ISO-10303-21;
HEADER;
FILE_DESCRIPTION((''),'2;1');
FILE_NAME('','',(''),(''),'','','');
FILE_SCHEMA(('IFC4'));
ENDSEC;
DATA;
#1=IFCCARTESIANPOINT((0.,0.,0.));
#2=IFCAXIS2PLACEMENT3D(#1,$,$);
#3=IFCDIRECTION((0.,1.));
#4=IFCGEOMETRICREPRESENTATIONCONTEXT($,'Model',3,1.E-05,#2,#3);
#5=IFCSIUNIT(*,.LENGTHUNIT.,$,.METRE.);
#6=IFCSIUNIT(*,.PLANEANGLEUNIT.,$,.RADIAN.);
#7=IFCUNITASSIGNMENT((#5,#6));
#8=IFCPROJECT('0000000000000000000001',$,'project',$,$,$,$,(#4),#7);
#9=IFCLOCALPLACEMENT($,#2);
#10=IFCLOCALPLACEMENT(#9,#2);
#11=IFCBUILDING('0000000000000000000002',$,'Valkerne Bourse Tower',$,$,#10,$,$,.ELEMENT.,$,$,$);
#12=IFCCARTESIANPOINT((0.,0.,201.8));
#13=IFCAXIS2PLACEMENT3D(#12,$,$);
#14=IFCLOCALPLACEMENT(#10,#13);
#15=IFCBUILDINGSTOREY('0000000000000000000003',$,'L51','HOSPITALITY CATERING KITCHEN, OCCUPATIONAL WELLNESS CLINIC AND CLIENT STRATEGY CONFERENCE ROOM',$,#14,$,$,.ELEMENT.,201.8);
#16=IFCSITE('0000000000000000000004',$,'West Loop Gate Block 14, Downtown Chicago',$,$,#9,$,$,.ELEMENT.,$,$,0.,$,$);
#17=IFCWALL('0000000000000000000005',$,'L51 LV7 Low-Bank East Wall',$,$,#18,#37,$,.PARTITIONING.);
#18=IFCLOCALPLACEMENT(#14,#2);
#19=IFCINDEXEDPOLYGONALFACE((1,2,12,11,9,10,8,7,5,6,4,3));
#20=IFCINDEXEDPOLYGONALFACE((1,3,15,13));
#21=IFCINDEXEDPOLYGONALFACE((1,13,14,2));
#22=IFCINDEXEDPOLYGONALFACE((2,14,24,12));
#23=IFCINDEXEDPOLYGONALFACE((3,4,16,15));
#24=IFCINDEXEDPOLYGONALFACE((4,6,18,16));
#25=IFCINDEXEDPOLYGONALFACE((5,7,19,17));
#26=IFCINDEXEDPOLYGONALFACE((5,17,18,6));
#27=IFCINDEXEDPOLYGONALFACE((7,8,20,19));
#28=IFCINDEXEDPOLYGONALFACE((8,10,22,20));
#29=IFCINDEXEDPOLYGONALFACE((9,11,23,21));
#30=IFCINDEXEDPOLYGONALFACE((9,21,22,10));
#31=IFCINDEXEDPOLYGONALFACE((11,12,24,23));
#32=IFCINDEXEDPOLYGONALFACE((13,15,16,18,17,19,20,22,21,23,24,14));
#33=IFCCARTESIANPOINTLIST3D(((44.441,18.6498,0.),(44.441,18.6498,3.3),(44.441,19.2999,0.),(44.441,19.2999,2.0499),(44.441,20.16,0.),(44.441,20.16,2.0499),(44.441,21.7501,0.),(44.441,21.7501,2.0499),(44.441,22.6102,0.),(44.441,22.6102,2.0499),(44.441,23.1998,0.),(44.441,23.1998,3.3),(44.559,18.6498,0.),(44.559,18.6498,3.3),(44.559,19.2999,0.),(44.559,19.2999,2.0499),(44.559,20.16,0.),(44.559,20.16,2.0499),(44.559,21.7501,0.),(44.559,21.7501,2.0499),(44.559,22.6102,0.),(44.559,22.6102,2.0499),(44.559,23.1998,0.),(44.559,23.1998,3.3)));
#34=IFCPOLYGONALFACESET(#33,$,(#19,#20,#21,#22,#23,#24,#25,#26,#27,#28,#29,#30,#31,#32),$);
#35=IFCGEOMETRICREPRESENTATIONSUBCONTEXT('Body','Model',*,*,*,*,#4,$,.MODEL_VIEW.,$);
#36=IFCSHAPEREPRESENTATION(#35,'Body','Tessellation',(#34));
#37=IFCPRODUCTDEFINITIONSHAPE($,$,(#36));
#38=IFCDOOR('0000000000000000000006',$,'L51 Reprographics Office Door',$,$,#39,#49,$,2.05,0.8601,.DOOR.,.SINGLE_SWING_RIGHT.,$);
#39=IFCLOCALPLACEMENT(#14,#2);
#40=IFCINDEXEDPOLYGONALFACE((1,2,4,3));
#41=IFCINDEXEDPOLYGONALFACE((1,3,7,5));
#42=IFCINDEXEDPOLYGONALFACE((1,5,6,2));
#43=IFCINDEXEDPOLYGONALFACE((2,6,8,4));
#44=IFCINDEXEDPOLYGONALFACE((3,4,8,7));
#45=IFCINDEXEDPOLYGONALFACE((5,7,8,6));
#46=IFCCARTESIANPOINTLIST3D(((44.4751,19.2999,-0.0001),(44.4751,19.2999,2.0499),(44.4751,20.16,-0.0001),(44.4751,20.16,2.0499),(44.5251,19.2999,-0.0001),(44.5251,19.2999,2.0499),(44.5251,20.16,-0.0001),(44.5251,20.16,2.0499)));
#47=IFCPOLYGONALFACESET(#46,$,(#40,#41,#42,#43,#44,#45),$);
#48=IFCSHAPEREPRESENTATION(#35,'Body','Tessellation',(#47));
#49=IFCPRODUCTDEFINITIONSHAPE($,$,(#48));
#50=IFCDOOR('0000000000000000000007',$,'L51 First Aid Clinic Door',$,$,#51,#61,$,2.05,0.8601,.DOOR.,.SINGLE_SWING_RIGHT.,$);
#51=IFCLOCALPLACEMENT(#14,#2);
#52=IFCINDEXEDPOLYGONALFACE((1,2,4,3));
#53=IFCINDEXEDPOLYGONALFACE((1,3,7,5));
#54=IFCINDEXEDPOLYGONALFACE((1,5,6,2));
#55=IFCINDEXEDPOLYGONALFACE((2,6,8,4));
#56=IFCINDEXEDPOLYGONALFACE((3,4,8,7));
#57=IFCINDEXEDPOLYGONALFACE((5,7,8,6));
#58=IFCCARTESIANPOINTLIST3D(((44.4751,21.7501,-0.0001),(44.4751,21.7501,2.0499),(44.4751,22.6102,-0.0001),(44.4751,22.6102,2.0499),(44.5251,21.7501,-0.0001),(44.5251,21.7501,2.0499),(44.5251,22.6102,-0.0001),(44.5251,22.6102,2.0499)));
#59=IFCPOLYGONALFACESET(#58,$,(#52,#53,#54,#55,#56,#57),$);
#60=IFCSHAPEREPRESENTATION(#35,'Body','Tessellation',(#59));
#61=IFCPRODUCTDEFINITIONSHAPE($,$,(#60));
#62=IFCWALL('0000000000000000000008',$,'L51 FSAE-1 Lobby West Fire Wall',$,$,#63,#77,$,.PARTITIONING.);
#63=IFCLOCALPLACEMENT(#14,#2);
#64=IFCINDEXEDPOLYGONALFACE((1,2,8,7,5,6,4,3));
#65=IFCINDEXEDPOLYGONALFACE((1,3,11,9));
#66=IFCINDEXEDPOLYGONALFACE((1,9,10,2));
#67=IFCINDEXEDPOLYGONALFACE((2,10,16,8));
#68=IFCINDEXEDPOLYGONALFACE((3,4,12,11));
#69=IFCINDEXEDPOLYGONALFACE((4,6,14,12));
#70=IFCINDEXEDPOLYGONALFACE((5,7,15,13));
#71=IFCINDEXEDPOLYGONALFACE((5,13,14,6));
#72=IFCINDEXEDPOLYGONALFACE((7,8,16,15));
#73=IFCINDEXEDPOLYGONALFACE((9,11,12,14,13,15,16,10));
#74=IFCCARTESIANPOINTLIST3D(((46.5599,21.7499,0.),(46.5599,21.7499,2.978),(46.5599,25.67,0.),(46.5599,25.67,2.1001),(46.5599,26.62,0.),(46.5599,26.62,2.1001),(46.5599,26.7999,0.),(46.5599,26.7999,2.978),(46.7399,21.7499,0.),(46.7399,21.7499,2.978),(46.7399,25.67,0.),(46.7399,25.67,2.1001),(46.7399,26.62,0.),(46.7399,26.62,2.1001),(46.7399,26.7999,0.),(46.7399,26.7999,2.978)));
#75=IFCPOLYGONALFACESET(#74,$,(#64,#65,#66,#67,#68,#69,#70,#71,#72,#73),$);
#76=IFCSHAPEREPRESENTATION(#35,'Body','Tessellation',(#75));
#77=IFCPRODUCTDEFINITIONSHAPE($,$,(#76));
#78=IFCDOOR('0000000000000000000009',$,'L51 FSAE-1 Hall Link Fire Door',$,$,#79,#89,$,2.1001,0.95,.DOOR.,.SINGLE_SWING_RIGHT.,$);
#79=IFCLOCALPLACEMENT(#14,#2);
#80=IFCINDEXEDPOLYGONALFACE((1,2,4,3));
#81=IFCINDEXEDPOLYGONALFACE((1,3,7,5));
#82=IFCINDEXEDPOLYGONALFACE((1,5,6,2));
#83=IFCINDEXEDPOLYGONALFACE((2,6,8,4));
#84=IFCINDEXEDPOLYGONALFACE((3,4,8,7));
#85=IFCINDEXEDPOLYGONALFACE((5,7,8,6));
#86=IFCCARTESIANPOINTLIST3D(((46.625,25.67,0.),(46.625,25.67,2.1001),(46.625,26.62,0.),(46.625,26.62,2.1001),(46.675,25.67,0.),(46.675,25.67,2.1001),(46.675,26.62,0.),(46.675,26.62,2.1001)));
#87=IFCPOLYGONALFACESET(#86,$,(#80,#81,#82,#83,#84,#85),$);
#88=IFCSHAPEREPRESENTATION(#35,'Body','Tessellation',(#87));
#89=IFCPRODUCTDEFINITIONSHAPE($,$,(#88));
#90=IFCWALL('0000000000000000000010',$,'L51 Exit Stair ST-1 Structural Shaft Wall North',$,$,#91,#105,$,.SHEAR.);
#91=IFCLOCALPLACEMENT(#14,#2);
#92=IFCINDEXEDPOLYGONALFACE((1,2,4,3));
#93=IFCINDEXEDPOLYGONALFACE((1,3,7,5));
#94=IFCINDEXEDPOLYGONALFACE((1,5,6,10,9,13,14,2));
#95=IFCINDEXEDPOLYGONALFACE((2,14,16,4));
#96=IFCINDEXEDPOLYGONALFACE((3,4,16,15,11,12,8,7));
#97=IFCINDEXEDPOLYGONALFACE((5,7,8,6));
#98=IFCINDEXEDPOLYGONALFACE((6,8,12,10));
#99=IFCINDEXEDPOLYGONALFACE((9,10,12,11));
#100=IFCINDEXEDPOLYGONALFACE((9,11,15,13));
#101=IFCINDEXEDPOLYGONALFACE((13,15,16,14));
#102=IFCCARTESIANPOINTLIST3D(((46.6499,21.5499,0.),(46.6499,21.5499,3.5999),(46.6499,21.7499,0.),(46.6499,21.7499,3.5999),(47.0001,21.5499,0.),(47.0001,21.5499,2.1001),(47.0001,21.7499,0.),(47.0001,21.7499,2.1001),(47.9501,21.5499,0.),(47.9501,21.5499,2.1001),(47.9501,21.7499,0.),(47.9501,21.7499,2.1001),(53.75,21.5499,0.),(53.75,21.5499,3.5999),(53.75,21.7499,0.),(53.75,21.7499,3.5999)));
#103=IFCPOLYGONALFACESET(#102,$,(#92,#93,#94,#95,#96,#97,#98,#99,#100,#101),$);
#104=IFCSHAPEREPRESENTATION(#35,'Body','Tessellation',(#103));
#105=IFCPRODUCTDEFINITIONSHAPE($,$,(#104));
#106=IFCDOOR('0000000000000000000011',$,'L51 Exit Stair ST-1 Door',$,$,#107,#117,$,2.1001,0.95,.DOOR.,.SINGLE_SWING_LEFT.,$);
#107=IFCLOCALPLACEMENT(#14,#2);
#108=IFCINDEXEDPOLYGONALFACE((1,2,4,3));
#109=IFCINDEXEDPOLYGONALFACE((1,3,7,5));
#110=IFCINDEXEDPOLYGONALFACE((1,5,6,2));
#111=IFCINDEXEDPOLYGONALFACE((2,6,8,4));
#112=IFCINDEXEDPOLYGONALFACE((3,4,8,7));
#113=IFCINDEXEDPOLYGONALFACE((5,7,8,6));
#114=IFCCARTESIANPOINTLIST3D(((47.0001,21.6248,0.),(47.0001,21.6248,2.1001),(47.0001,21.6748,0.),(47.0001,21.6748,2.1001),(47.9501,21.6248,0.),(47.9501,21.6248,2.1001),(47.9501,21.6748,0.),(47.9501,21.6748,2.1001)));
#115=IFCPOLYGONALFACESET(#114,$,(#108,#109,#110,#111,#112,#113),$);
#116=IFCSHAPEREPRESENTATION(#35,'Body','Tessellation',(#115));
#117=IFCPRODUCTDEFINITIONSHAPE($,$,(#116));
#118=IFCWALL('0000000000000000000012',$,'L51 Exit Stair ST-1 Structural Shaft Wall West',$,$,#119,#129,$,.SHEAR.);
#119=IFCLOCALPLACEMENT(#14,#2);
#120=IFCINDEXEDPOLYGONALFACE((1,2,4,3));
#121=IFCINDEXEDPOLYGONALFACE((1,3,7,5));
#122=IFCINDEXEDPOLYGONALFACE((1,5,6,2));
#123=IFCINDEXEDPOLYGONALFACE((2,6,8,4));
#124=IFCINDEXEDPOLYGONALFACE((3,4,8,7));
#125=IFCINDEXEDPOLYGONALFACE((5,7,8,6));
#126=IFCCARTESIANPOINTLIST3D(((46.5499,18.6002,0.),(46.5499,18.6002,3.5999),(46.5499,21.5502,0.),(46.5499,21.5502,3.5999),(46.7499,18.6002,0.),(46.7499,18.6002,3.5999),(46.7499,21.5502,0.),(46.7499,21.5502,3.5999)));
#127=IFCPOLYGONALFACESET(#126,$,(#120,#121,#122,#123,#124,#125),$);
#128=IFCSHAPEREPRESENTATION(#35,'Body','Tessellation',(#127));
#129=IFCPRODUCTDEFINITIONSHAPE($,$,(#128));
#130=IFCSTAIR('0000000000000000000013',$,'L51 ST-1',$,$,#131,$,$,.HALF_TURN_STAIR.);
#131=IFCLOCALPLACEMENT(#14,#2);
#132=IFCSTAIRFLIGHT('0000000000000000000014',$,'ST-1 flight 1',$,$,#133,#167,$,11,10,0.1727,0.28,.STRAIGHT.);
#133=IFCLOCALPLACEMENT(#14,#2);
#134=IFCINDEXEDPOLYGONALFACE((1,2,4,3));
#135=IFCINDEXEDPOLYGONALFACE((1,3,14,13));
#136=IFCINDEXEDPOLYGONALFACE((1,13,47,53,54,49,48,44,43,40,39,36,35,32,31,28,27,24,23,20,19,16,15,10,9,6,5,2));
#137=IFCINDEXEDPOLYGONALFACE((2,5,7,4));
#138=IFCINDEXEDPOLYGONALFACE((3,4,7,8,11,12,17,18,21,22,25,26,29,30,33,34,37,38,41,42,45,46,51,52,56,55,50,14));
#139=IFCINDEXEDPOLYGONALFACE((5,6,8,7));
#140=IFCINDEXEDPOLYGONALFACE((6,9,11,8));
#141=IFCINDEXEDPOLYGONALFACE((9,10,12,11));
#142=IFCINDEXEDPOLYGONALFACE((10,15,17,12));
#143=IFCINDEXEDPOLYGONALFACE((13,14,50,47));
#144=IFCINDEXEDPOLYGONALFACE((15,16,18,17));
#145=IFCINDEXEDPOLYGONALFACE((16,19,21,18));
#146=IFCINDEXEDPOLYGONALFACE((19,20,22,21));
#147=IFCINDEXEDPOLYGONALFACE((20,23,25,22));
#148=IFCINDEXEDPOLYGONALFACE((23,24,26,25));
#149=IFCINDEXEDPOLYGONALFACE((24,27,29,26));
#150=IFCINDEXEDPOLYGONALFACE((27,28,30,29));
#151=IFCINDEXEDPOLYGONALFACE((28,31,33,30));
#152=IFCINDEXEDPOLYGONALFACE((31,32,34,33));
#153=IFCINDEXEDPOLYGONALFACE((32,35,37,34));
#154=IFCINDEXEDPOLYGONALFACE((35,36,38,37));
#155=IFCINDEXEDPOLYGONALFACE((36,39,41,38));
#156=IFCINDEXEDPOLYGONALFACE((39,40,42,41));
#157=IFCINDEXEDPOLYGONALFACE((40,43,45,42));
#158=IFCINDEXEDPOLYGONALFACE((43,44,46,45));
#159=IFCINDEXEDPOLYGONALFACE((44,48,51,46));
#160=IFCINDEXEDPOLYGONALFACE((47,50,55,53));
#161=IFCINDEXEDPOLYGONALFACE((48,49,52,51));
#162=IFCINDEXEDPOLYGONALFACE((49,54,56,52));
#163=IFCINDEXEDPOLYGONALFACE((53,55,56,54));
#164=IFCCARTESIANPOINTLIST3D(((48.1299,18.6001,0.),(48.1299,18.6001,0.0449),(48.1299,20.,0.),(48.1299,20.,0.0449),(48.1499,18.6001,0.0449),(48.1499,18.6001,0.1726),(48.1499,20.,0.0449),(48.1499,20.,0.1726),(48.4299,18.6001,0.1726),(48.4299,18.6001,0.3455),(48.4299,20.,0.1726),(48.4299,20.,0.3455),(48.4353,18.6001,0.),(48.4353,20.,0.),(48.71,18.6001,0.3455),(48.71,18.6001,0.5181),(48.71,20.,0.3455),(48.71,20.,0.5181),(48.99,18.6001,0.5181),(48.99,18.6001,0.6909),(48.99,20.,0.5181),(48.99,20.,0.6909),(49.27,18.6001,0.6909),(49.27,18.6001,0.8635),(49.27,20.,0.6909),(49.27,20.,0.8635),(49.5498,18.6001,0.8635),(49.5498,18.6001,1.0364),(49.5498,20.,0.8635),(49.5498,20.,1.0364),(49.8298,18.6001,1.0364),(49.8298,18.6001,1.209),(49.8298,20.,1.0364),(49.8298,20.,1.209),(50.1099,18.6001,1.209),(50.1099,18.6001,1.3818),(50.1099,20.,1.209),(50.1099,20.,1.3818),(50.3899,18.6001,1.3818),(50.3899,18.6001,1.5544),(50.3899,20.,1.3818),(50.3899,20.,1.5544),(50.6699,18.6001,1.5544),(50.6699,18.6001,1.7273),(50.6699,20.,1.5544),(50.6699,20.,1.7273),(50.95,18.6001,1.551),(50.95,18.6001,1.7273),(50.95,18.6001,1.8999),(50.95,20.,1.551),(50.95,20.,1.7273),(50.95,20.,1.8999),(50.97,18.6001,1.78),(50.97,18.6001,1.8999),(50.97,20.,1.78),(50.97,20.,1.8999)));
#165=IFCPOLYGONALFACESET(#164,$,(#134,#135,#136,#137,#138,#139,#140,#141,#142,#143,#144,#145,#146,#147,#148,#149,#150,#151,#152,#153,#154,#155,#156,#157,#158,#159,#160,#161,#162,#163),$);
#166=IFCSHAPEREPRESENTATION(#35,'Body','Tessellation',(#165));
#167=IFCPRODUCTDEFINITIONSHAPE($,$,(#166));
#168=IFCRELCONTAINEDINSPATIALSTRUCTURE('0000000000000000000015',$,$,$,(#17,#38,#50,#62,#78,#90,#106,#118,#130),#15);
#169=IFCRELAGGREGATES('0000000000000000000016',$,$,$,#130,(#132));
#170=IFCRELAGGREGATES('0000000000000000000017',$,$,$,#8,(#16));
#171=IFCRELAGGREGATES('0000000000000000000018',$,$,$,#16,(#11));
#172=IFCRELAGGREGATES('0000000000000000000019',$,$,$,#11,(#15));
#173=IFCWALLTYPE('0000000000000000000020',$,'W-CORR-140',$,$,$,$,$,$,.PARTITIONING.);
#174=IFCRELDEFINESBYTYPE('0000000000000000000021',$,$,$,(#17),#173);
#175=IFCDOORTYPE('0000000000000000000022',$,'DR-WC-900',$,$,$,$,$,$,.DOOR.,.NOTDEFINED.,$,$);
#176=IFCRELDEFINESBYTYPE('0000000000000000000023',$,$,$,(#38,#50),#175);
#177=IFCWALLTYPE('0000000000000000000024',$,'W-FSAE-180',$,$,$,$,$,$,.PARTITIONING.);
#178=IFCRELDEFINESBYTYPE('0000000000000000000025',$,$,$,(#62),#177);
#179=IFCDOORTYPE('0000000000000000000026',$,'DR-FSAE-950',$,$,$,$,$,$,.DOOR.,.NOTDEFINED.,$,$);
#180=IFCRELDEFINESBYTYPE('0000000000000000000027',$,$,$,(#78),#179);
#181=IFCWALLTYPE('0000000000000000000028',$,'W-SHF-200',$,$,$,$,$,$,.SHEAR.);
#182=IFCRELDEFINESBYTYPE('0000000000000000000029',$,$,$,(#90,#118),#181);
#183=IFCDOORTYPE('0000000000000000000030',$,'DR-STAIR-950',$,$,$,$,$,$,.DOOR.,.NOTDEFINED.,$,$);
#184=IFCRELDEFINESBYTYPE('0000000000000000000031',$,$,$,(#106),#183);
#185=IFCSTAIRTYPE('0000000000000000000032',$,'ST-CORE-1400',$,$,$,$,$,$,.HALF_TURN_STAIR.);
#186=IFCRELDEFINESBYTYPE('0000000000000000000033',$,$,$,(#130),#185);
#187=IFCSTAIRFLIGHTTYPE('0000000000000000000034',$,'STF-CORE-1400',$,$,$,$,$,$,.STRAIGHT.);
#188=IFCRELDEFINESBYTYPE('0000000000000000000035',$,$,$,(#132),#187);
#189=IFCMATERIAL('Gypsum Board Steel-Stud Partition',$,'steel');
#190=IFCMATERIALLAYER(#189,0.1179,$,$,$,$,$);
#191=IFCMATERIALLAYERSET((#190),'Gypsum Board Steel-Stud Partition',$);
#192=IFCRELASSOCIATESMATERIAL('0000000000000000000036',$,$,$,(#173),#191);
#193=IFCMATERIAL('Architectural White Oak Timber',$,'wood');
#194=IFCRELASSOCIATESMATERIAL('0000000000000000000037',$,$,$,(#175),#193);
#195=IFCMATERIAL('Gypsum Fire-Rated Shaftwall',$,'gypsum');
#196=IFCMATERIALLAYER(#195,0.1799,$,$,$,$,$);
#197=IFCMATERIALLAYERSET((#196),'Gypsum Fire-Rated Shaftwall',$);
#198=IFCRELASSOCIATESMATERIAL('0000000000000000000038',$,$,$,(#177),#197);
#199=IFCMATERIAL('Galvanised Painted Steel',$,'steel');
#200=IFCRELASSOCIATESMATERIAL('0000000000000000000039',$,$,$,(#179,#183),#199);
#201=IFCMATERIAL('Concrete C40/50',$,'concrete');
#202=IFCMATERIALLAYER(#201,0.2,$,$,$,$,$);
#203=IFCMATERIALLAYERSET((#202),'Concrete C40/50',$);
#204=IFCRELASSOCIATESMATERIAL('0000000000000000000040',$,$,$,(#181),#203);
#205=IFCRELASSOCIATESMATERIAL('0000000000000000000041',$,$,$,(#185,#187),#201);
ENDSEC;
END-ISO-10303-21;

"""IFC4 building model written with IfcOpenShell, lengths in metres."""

from ifc_helpers import new_model, si_unit, direction, frame, frame_2d, origin, place, context, subcontext, project, spatial, polyline, rectangle, outline, extrude, material, layer, layer_set, type_object, element, fill, aggregate, save


model = new_model("IFC4")

# Units and contexts
model_context = context("Model", 3, precision=1e-05, world=origin(), true_north=direction((0.0, 1.0)))
body_context = subcontext(model_context, "Body", "Model", "MODEL_VIEW")
ifc_project = project(units=[si_unit("LENGTHUNIT", "METRE"), si_unit("PLANEANGLEUNIT", "RADIAN")], contexts=[model_context])

# Site, building, storey
site_placement = place(None, origin())
site = spatial("IfcSite", under=ifc_project, at=site_placement, Name="West Loop Gate Block 14, Downtown Chicago", CompositionType="ELEMENT", RefElevation=0.0)
building_placement = place(site_placement, origin())
building = spatial("IfcBuilding", under=site, at=building_placement, Name="Valkerne Bourse Tower", CompositionType="ELEMENT")
storey_placement = place(building_placement, frame((0.0, 0.0, 201.8)))
storey = spatial("IfcBuildingStorey", under=building, at=storey_placement, Name="L51", Description="HOSPITALITY CATERING KITCHEN, OCCUPATIONAL WELLNESS CLINIC AND CLIENT STRATEGY CONFERENCE ROOM", CompositionType="ELEMENT", Elevation=201.8)

# Wall, openings, doors
ifc_material_1 = material(Name="Gypsum Board Steel-Stud Partition", Category="steel")
ifc_layer_1 = layer(ifc_material_1, 0.1179)
ifc_layer_set_1 = layer_set([ifc_layer_1], Name="Gypsum Board Steel-Stud Partition")
wall_type_1 = type_object("IfcWallType", Name="W-CORR-140", PredefinedType="PARTITIONING", material=ifc_layer_set_1)
wall_1_placement = place(storey_placement, frame((44.5, 18.6499, 0.0), z_axis=(0.0, 0.0, 1.0), x_axis=(0.0, 1.0, 0.0)))
wall_1 = element("IfcWall", 1, at=wall_1_placement, inside=storey, type_object=wall_type_1, Name="L51 LV7 Low-Bank East Wall", PredefinedType="PARTITIONING", context=body_context, shape_type="SweptSolid", body=[
    extrude(rectangle(XDim=4.55, YDim=0.1179, at=frame_2d((2.2749, 0.0))), origin(), (0.0, 0.0, 1.0), 3.3),
])
opening_1_placement = place(wall_1_placement, frame((0.6499, 0.0, 0.0)))
opening_1 = element("IfcOpeningElement", 2, at=opening_1_placement, cuts=wall_1, PredefinedType="OPENING", context=body_context, shape_type="SweptSolid", body=[
    extrude(rectangle(XDim=0.8601, YDim=2.05, at=frame_2d((0.4302, 1.0249))), frame((0.0, 0.0688, 0.0), z_axis=(0.0, -1.0, 0.0), x_axis=(1.0, 0.0, 0.0)), (0.0, 0.0, 1.0), 0.1379),
])
opening_2_placement = place(wall_1_placement, frame((3.1001, 0.0, 0.0)))
opening_2 = element("IfcOpeningElement", 3, at=opening_2_placement, cuts=wall_1, PredefinedType="OPENING", context=body_context, shape_type="SweptSolid", body=[
    extrude(rectangle(XDim=0.8601, YDim=2.05, at=frame_2d((0.4302, 1.0249))), frame((0.0, 0.0688, 0.0), z_axis=(0.0, -1.0, 0.0), x_axis=(1.0, 0.0, 0.0)), (0.0, 0.0, 1.0), 0.1379),
])
ifc_material_2 = material(Name="Architectural White Oak Timber", Category="wood")
door_type_1 = type_object("IfcDoorType", Name="DR-WC-900", OperationType="NOTDEFINED", PredefinedType="DOOR", material=ifc_material_2)
door_1_placement = place(opening_1_placement, origin())
door_1 = element("IfcDoor", 4, at=door_1_placement, inside=storey, type_object=door_type_1, Name="L51 Reprographics Office Door", OperationType="SINGLE_SWING_RIGHT", OverallHeight=2.05, OverallWidth=0.8601, PredefinedType="DOOR", context=body_context, shape_type="SweptSolid", body=[
    extrude(rectangle(XDim=0.8601, YDim=2.05, at=frame_2d((0.4302, 1.0249))), frame((0.0, 0.0249, 0.0), z_axis=(0.0, -1.0, 0.0), x_axis=(1.0, 0.0, 0.0)), (0.0, 0.0, 1.0), 0.05),
])
fill(opening_1, door_1)
door_2_placement = place(opening_2_placement, origin())
door_2 = element("IfcDoor", 5, at=door_2_placement, inside=storey, type_object=door_type_1, Name="L51 First Aid Clinic Door", OperationType="SINGLE_SWING_RIGHT", OverallHeight=2.05, OverallWidth=0.8601, PredefinedType="DOOR", context=body_context, shape_type="SweptSolid", body=[
    extrude(rectangle(XDim=0.8601, YDim=2.05, at=frame_2d((0.4302, 1.0249))), frame((0.0, 0.0249, 0.0), z_axis=(0.0, -1.0, 0.0), x_axis=(1.0, 0.0, 0.0)), (0.0, 0.0, 1.0), 0.05),
])
fill(opening_2, door_2)

# Wall, opening, door
ifc_material_3 = material(Name="Gypsum Fire-Rated Shaftwall", Category="gypsum")
ifc_layer_2 = layer(ifc_material_3, 0.1799)
ifc_layer_set_2 = layer_set([ifc_layer_2], Name="Gypsum Fire-Rated Shaftwall")
wall_type_2 = type_object("IfcWallType", Name="W-FSAE-180", PredefinedType="PARTITIONING", material=ifc_layer_set_2)
wall_2_placement = place(storey_placement, frame((46.6499, 21.75, 0.0), z_axis=(0.0, 0.0, 1.0), x_axis=(0.0, 1.0, 0.0)))
wall_2 = element("IfcWall", 6, at=wall_2_placement, inside=storey, type_object=wall_type_2, Name="L51 FSAE-1 Lobby West Fire Wall", PredefinedType="PARTITIONING", context=body_context, shape_type="SweptSolid", body=[
    extrude(rectangle(XDim=5.05, YDim=0.1799, at=frame_2d((2.5249, 0.0))), origin(), (0.0, 0.0, 1.0), 2.978),
])
opening_3_placement = place(wall_2_placement, frame((3.9199, 0.0, 0.0)))
opening_3 = element("IfcOpeningElement", 7, at=opening_3_placement, cuts=wall_2, PredefinedType="OPENING", context=body_context, shape_type="SweptSolid", body=[
    extrude(rectangle(XDim=0.95, YDim=2.1001, at=frame_2d((0.4751, 1.05))), frame((0.0, 0.0999, 0.0), z_axis=(0.0, -1.0, 0.0), x_axis=(1.0, 0.0, 0.0)), (0.0, 0.0, 1.0), 0.2),
])
ifc_material_4 = material(Name="Galvanised Painted Steel", Category="steel")
door_type_2 = type_object("IfcDoorType", Name="DR-FSAE-950", OperationType="NOTDEFINED", PredefinedType="DOOR", material=ifc_material_4)
door_3_placement = place(opening_3_placement, origin())
door_3 = element("IfcDoor", 8, at=door_3_placement, inside=storey, type_object=door_type_2, Name="L51 FSAE-1 Hall Link Fire Door", OperationType="SINGLE_SWING_RIGHT", OverallHeight=2.1001, OverallWidth=0.95, PredefinedType="DOOR", context=body_context, shape_type="SweptSolid", body=[
    extrude(rectangle(XDim=0.95, YDim=2.1001, at=frame_2d((0.4751, 1.05))), frame((0.0, 0.0249, 0.0), z_axis=(0.0, -1.0, 0.0), x_axis=(1.0, 0.0, 0.0)), (0.0, 0.0, 1.0), 0.05),
])
fill(opening_3, door_3)

# Wall, opening, door
ifc_material_5 = material(Name="Concrete C40/50", Category="concrete")
ifc_layer_3 = layer(ifc_material_5, 0.2)
ifc_layer_set_3 = layer_set([ifc_layer_3], Name="Concrete C40/50")
wall_type_3 = type_object("IfcWallType", Name="W-SHF-200", PredefinedType="SHEAR", material=ifc_layer_set_3)
wall_3_placement = place(storey_placement, frame((46.6499, 21.6499, 0.0), z_axis=(0.0, 0.0, 1.0), x_axis=(1.0, 0.0, 0.0)))
wall_3 = element("IfcWall", 9, at=wall_3_placement, inside=storey, type_object=wall_type_3, Name="L51 Exit Stair ST-1 Structural Shaft Wall North", PredefinedType="SHEAR", context=body_context, shape_type="SweptSolid", body=[
    extrude(rectangle(XDim=7.1001, YDim=0.2, at=frame_2d((3.55, 0.0))), origin(), (0.0, 0.0, 1.0), 3.5999),
])
opening_4_placement = place(wall_3_placement, frame((0.3501, 0.0, 0.0)))
opening_4 = element("IfcOpeningElement", 10, at=opening_4_placement, cuts=wall_3, PredefinedType="OPENING", context=body_context, shape_type="SweptSolid", body=[
    extrude(rectangle(XDim=0.95, YDim=2.1001, at=frame_2d((0.4751, 1.05))), frame((0.0, 0.1099, 0.0), z_axis=(0.0, -1.0, 0.0), x_axis=(1.0, 0.0, 0.0)), (0.0, 0.0, 1.0), 0.22),
])
door_type_3 = type_object("IfcDoorType", Name="DR-STAIR-950", OperationType="NOTDEFINED", PredefinedType="DOOR", material=ifc_material_4)
door_4_placement = place(opening_4_placement, origin())
door_4 = element("IfcDoor", 11, at=door_4_placement, inside=storey, type_object=door_type_3, Name="L51 Exit Stair ST-1 Door", OperationType="SINGLE_SWING_LEFT", OverallHeight=2.1001, OverallWidth=0.95, PredefinedType="DOOR", context=body_context, shape_type="SweptSolid", body=[
    extrude(rectangle(XDim=0.95, YDim=2.1001, at=frame_2d((0.4751, 1.05))), frame((0.0, 0.0249, 0.0), z_axis=(0.0, -1.0, 0.0), x_axis=(1.0, 0.0, 0.0)), (0.0, 0.0, 1.0), 0.05),
])
fill(opening_4, door_4)

# Wall
wall_4_placement = place(storey_placement, frame((46.6499, 18.6001, 0.0), z_axis=(0.0, 0.0, 1.0), x_axis=(0.0, 1.0, 0.0)))
element("IfcWall", 12, at=wall_4_placement, inside=storey, type_object=wall_type_3, Name="L51 Exit Stair ST-1 Structural Shaft Wall West", PredefinedType="SHEAR", context=body_context, shape_type="SweptSolid", body=[
    extrude(rectangle(XDim=2.95, YDim=0.2, at=frame_2d((1.4751, 0.0))), origin(), (0.0, 0.0, 1.0), 3.5999),
])

# Stair, stair flight
stair_type = type_object("IfcStairType", Name="ST-CORE-1400", PredefinedType="HALF_TURN_STAIR", material=ifc_material_5)
stair_placement = place(storey_placement, origin())
stair = element("IfcStair", 13, at=stair_placement, inside=storey, type_object=stair_type, Name="L51 ST-1", PredefinedType="HALF_TURN_STAIR")
stair_flight_type = type_object("IfcStairFlightType", Name="STF-CORE-1400", PredefinedType="STRAIGHT", material=ifc_material_5)
stair_flight_1_placement = place(storey_placement, frame((48.1499, 19.3, 0.0), z_axis=(0.0, 0.0, 1.0), x_axis=(1.0, 0.0, 0.0)))
stair_flight_1 = element("IfcStairFlight", 14, at=stair_flight_1_placement, type_object=stair_flight_type, Name="ST-1 flight 1", NumberOfRisers=11, NumberOfTreads=10, PredefinedType="STRAIGHT", RiserHeight=0.1727, TreadLength=0.28, context=body_context, shape_type="SweptSolid", body=[
    extrude(outline(polyline([(-0.02, 0.0), (-0.02, 0.0449), (0.0, 0.0449), (0.0, 0.1726), (0.28, 0.1726), (0.28, 0.3455), (0.5601, 0.3455), (0.5601, 0.5181), (0.8401, 0.5181), (0.8401, 0.6909), (1.1201, 0.6909), (1.1201, 0.8635), (1.3999, 0.8635), (1.3999, 1.0364), (1.6799, 1.0364), (1.6799, 1.209), (1.96, 1.209), (1.96, 1.3818), (2.24, 1.3818), (2.24, 1.5544), (2.52, 1.5544), (2.52, 1.7273), (2.8, 1.7273), (2.8, 1.8999), (2.8201, 1.8999), (2.8201, 1.78), (2.8, 1.551), (0.2854, 0.0), (-0.02, 0.0)])), frame((0.0, 0.7, 0.0), z_axis=(0.0, -1.0, 0.0), x_axis=(1.0, 0.0, 0.0)), (0.0, 0.0, 1.0), 1.3999),
])
aggregate(stair, [stair_flight_1])

save(model, "model.ifc")
